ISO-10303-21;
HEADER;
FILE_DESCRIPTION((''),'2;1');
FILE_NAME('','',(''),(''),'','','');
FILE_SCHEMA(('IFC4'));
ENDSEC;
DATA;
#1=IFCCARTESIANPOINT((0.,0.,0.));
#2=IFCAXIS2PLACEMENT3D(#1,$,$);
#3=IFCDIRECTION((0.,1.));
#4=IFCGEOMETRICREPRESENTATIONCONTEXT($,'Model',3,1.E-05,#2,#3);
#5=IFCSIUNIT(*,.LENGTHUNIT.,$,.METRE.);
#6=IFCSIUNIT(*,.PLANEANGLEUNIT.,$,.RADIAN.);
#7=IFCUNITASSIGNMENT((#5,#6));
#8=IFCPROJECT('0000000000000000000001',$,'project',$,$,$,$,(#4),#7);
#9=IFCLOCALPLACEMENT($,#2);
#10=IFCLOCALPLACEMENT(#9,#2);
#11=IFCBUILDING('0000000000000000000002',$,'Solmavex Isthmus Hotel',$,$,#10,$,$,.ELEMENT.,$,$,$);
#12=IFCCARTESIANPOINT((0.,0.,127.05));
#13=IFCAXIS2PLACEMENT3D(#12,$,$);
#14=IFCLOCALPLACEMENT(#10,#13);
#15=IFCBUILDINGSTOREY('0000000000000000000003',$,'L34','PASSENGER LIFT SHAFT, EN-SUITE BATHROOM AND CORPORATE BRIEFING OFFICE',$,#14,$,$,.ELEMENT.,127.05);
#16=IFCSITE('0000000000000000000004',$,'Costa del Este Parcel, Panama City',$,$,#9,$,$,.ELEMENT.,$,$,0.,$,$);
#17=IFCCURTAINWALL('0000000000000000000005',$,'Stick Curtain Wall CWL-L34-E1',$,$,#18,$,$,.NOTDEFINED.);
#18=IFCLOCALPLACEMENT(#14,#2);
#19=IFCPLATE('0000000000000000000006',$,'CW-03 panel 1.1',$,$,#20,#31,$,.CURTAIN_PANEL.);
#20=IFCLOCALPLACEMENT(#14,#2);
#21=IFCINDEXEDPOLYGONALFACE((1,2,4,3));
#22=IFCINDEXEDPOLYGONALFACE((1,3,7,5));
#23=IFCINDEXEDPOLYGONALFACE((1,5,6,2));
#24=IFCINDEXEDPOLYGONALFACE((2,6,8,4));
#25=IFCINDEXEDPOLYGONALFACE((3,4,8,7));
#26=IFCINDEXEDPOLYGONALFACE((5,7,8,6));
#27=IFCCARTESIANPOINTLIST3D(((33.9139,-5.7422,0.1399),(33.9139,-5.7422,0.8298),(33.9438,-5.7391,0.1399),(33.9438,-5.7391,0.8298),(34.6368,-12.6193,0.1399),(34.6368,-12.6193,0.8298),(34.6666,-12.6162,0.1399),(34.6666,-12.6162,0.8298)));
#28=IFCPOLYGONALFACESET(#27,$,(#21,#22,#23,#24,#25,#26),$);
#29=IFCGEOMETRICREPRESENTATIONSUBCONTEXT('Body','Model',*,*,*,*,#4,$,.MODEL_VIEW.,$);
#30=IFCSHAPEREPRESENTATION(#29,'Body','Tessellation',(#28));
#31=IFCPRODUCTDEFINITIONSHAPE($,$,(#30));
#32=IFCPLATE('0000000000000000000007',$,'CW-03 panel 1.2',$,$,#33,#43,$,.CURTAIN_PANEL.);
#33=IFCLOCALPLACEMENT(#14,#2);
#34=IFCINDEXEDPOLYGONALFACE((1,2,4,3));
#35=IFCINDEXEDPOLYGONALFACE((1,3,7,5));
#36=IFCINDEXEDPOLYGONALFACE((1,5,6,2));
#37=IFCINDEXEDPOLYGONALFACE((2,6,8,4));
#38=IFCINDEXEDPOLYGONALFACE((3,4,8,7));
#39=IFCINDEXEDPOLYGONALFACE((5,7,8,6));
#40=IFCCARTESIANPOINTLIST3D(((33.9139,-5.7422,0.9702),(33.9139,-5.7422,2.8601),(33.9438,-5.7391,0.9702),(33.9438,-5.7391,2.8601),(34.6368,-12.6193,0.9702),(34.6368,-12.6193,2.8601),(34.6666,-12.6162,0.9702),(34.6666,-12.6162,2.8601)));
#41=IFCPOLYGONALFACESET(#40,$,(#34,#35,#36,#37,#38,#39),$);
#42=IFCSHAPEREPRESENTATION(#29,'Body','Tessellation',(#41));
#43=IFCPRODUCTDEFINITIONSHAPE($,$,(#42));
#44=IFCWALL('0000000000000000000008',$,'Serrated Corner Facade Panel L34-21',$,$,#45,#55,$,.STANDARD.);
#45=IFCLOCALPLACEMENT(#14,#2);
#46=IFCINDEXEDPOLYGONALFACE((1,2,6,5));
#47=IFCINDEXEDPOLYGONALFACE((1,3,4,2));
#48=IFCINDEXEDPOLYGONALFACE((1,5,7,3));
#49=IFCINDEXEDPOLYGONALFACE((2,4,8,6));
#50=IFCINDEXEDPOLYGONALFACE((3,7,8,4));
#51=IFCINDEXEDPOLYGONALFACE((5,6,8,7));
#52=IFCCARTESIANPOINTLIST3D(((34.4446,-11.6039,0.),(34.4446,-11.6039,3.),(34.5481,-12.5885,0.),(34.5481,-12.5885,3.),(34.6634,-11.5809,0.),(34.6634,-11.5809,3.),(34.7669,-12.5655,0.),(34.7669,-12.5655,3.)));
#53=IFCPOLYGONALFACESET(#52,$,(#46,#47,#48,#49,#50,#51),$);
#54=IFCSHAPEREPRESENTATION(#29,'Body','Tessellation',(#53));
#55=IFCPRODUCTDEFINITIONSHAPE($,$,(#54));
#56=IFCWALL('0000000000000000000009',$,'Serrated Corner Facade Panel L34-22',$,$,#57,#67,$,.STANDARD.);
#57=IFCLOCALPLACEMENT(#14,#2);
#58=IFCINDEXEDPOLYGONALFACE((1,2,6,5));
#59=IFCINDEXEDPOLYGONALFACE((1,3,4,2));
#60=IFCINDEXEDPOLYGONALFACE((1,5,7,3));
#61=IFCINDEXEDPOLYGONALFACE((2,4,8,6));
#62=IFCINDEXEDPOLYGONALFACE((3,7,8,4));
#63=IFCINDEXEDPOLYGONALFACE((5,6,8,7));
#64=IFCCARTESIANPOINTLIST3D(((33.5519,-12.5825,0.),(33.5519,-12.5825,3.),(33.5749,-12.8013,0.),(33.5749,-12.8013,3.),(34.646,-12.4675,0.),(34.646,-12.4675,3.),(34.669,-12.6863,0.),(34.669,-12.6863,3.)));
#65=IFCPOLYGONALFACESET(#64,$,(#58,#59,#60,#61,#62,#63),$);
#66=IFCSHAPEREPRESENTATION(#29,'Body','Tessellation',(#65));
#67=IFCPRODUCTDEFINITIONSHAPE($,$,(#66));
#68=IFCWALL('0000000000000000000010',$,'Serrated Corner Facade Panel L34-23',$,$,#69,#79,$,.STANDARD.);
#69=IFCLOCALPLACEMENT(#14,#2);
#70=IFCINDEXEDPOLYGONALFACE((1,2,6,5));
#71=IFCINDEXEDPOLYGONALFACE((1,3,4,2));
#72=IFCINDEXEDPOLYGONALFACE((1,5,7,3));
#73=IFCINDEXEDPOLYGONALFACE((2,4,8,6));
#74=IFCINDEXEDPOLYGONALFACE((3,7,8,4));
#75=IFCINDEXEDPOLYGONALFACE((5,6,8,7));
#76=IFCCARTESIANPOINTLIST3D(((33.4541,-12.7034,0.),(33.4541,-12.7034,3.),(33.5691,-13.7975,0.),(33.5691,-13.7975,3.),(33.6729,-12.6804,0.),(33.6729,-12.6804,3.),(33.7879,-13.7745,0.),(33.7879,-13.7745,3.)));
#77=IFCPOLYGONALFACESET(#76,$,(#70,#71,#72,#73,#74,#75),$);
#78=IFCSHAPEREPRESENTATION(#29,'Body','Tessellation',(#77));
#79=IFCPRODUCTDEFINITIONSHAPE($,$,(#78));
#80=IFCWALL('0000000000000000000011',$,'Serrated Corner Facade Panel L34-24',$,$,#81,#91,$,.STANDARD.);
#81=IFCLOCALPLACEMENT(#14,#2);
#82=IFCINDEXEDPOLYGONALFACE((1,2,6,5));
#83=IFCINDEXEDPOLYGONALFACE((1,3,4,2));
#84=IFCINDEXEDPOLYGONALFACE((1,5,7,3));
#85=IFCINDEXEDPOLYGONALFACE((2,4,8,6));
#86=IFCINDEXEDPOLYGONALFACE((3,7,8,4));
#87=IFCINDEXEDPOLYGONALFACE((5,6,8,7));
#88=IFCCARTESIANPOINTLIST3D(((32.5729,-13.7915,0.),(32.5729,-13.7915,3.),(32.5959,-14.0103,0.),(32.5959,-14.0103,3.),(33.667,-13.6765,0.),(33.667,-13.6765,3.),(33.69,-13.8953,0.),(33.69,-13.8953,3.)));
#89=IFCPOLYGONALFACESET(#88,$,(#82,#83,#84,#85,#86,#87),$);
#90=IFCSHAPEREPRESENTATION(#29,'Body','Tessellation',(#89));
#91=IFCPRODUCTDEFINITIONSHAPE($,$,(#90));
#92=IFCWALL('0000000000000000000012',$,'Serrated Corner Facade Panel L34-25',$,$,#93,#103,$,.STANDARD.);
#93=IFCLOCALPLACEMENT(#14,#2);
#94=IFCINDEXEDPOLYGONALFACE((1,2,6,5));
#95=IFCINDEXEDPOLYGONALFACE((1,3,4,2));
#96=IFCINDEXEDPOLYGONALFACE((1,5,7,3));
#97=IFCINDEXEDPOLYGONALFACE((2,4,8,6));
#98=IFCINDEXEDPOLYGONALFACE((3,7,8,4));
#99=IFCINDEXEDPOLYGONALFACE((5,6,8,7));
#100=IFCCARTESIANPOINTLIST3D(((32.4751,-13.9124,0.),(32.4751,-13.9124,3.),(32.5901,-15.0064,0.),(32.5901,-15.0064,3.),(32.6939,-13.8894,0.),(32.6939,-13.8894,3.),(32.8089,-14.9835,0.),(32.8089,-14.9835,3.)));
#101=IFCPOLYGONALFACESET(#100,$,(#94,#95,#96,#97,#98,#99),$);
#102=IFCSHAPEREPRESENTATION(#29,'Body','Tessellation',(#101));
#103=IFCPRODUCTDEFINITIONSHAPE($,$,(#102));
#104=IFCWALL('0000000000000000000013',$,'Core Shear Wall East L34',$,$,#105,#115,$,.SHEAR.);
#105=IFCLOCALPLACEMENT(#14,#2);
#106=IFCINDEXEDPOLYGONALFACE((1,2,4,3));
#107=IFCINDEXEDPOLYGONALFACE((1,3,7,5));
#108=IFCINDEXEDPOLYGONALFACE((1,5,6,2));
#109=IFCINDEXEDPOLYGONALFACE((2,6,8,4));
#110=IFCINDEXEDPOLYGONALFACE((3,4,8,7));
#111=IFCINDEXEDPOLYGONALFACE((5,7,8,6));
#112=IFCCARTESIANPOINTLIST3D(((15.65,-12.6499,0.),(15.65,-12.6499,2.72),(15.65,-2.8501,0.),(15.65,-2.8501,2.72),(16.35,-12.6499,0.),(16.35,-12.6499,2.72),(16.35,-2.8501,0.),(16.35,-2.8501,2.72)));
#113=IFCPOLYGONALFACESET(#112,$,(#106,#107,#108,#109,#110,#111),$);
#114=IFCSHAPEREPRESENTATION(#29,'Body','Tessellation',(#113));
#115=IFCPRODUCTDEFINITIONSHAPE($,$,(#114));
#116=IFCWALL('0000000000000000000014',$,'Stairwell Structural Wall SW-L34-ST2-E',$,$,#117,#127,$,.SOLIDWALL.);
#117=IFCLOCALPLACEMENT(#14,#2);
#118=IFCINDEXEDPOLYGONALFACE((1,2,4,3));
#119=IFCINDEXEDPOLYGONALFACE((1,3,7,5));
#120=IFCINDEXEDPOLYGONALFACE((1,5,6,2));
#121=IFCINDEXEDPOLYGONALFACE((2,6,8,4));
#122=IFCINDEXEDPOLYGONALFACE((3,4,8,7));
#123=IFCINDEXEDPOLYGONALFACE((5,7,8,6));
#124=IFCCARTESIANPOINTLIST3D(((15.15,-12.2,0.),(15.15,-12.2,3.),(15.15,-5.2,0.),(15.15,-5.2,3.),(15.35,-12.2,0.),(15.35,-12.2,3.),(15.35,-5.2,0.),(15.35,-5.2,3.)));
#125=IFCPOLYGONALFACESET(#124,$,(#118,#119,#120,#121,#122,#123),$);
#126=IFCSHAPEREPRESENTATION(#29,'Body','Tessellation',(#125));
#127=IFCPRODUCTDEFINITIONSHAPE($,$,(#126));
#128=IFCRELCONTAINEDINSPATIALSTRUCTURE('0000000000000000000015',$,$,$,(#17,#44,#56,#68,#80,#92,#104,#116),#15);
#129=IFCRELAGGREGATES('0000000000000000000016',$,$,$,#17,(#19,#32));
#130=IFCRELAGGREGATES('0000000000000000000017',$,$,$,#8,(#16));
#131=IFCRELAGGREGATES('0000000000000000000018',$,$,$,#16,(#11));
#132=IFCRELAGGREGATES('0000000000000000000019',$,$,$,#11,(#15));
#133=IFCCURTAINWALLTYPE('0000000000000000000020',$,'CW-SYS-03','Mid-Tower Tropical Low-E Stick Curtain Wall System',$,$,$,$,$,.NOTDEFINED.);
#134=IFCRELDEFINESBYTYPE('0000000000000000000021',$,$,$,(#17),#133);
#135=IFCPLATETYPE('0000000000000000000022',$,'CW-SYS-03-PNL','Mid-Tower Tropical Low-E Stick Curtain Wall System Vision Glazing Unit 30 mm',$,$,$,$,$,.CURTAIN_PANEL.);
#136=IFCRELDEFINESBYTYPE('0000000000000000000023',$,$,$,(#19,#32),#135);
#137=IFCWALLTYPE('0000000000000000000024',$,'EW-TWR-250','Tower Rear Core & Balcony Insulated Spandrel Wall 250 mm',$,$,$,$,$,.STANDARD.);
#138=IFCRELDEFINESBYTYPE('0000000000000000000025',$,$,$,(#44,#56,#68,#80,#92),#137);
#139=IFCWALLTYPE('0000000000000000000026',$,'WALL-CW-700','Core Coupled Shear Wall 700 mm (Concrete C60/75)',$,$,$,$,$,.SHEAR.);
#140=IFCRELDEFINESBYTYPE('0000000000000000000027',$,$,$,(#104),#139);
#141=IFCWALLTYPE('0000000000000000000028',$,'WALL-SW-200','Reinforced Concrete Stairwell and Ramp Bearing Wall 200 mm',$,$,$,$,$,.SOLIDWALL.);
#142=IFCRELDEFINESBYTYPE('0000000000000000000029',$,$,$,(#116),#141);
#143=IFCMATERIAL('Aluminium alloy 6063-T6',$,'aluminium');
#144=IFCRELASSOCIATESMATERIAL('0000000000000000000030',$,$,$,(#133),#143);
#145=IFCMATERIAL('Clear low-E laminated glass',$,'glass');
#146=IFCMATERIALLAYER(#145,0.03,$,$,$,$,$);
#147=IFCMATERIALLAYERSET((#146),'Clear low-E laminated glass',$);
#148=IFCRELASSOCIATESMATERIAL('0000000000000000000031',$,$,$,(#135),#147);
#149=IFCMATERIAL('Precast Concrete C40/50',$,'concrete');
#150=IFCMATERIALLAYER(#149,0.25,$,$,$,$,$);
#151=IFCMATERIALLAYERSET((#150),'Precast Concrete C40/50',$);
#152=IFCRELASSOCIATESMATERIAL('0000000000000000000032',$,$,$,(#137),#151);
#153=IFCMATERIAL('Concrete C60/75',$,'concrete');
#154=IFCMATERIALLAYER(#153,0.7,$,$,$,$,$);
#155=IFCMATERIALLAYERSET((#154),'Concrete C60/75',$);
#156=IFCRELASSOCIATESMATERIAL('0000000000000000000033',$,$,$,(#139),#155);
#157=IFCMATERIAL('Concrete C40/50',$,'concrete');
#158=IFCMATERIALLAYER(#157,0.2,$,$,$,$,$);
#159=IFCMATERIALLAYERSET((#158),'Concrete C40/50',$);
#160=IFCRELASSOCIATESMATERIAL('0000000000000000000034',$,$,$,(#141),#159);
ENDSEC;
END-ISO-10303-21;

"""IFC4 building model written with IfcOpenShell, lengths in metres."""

from ifc_helpers import new_model, si_unit, direction, frame, frame_2d, origin, origin_2d, place, context, subcontext, project, spatial, rectangle, extrude, material, layer, layer_set, type_object, element, aggregate, save


model = new_model("IFC4")

# Units and contexts
model_context = context("Model", 3, precision=1e-05, world=origin(), true_north=direction((0.0, 1.0)))
body_context = subcontext(model_context, "Body", "Model", "MODEL_VIEW")
ifc_project = project(units=[si_unit("LENGTHUNIT", "METRE"), si_unit("PLANEANGLEUNIT", "RADIAN")], contexts=[model_context])

# Site, building, storey
site_placement = place(None, origin())
site = spatial("IfcSite", under=ifc_project, at=site_placement, Name="Costa del Este Parcel, Panama City", CompositionType="ELEMENT", RefElevation=0.0)
building_placement = place(site_placement, origin())
building = spatial("IfcBuilding", under=site, at=building_placement, Name="Solmavex Isthmus Hotel", CompositionType="ELEMENT")
storey_placement = place(building_placement, frame((0.0, 0.0, 127.05)))
storey = spatial("IfcBuildingStorey", under=building, at=storey_placement, Name="L34", Description="PASSENGER LIFT SHAFT, EN-SUITE BATHROOM AND CORPORATE BRIEFING OFFICE", CompositionType="ELEMENT", Elevation=127.05)

# Shared definitions
ifc_material_1 = material(Name="Concrete C60/75", Category="concrete")

# Curtain wall, plates
ifc_material_2 = material(Name="Aluminium alloy 6063-T6", Category="aluminium")
curtain_wall_type = type_object("IfcCurtainWallType", Name="CW-SYS-03", Description="Mid-Tower Tropical Low-E Stick Curtain Wall System", PredefinedType="NOTDEFINED", material=ifc_material_2)
curtain_wall_placement = place(storey_placement, origin())
curtain_wall = element("IfcCurtainWall", 1, at=curtain_wall_placement, inside=storey, type_object=curtain_wall_type, Name="Stick Curtain Wall CWL-L34-E1", PredefinedType="NOTDEFINED")
ifc_material_3 = material(Name="Clear low-E laminated glass", Category="glass")
ifc_layer_1 = layer(ifc_material_3, 0.03)
ifc_layer_set_1 = layer_set([ifc_layer_1], Name="Clear low-E laminated glass")
plate_type = type_object("IfcPlateType", Name="CW-SYS-03-PNL", Description="Mid-Tower Tropical Low-E Stick Curtain Wall System Vision Glazing Unit 30 mm", PredefinedType="CURTAIN_PANEL", material=ifc_layer_set_1)
plate_1_placement = place(storey_placement, frame((34.2903, -9.1792, 0.1399), z_axis=(0.0, 0.0, 1.0), x_axis=(-0.104528, 0.994522, 0.0)))
plate_1 = element("IfcPlate", 2, at=plate_1_placement, type_object=plate_type, Name="CW-03 panel 1.1", PredefinedType="CURTAIN_PANEL", context=body_context, shape_type="SweptSolid", body=[
    extrude(rectangle(XDim=6.915, YDim=0.03, at=origin_2d()), origin(), (0.0, 0.0, 1.0), 0.6899),
])
plate_2_placement = place(storey_placement, frame((34.2903, -9.1792, 0.9702), z_axis=(0.0, 0.0, 1.0), x_axis=(-0.104528, 0.994522, 0.0)))
plate_2 = element("IfcPlate", 3, at=plate_2_placement, type_object=plate_type, Name="CW-03 panel 1.2", PredefinedType="CURTAIN_PANEL", context=body_context, shape_type="SweptSolid", body=[
    extrude(rectangle(XDim=6.915, YDim=0.03, at=origin_2d()), origin(), (0.0, 0.0, 1.0), 1.8899),
])
aggregate(curtain_wall, [plate_1, plate_2])

# Walls
ifc_material_4 = material(Name="Precast Concrete C40/50", Category="concrete")
ifc_layer_2 = layer(ifc_material_4, 0.25)
ifc_layer_set_2 = layer_set([ifc_layer_2], Name="Precast Concrete C40/50")
wall_type_1 = type_object("IfcWallType", Name="EW-TWR-250", Description="Tower Rear Core & Balcony Insulated Spandrel Wall 250 mm", PredefinedType="STANDARD", material=ifc_layer_set_2)
wall_1_placement = place(storey_placement, frame((34.554, -11.5923, 0.0), z_axis=(0.0, 0.0, 1.0), x_axis=(0.104556, -0.994519, 0.0)))
element("IfcWall", 4, at=wall_1_placement, inside=storey, type_object=wall_type_1, Name="Serrated Corner Facade Panel L34-21", PredefinedType="STANDARD", context=body_context, shape_type="SweptSolid", body=[
    extrude(rectangle(XDim=0.99, YDim=0.22, at=frame_2d((0.4951, 0.0))), origin(), (0.0, 0.0, 1.0), 3.0),
])
for number, where, z_axis, x_axis, name in (
    (5, (34.6575, -12.5769, 0.0), (0.0, 0.0, 1.0), (-0.994521, -0.104535, 0.0), "Serrated Corner Facade Panel L34-22"),
    (6, (33.5635, -12.6919, 0.0), (0.0, 0.0, 1.0), (0.104535, -0.994521, 0.0), "Serrated Corner Facade Panel L34-23"),
    (7, (33.6785, -13.7859, 0.0), (0.0, 0.0, 1.0), (-0.994521, -0.104535, 0.0), "Serrated Corner Facade Panel L34-24"),
    (8, (32.5845, -13.9009, 0.0), (0.0, 0.0, 1.0), (0.104535, -0.994521, 0.0), "Serrated Corner Facade Panel L34-25"),
):
    element("IfcWall", number, at=place(storey_placement, frame(where, z_axis=z_axis, x_axis=x_axis)), inside=storey, type_object=wall_type_1, Name=name, PredefinedType="STANDARD", context=body_context, shape_type="SweptSolid", body=[
        extrude(rectangle(XDim=1.1001, YDim=0.22, at=frame_2d((0.55, 0.0))), origin(), (0.0, 0.0, 1.0), 3.0),
    ])
ifc_layer_3 = layer(ifc_material_1, 0.7)
ifc_layer_set_3 = layer_set([ifc_layer_3], Name="Concrete C60/75")
wall_type_2 = type_object("IfcWallType", Name="WALL-CW-700", Description="Core Coupled Shear Wall 700 mm (Concrete C60/75)", PredefinedType="SHEAR", material=ifc_layer_set_3)
wall_2_placement = place(storey_placement, frame((16.0, -12.6499, 0.0), z_axis=(0.0, 0.0, 1.0), x_axis=(0.0, 1.0, 0.0)))
element("IfcWall", 9, at=wall_2_placement, inside=storey, type_object=wall_type_2, Name="Core Shear Wall East L34", PredefinedType="SHEAR", context=body_context, shape_type="SweptSolid", body=[
    extrude(rectangle(XDim=9.7998, YDim=0.7, at=frame_2d((4.8999, 0.0))), origin(), (0.0, 0.0, 1.0), 2.72),
])
ifc_material_5 = material(Name="Concrete C40/50", Category="concrete")
ifc_layer_4 = layer(ifc_material_5, 0.2)
ifc_layer_set_4 = layer_set([ifc_layer_4], Name="Concrete C40/50")
wall_type_3 = type_object("IfcWallType", Name="WALL-SW-200", Description="Reinforced Concrete Stairwell and Ramp Bearing Wall 200 mm", PredefinedType="SOLIDWALL", material=ifc_layer_set_4)
wall_3_placement = place(storey_placement, frame((15.25, -12.2, 0.0), z_axis=(0.0, 0.0, 1.0), x_axis=(0.0, 1.0, 0.0)))
element("IfcWall", 10, at=wall_3_placement, inside=storey, type_object=wall_type_3, Name="Stairwell Structural Wall SW-L34-ST2-E", PredefinedType="SOLIDWALL", context=body_context, shape_type="SweptSolid", body=[
    extrude(rectangle(XDim=7.0, YDim=0.2, at=frame_2d((3.5, 0.0))), origin(), (0.0, 0.0, 1.0), 3.0),
])

save(model, "model.ifc")
